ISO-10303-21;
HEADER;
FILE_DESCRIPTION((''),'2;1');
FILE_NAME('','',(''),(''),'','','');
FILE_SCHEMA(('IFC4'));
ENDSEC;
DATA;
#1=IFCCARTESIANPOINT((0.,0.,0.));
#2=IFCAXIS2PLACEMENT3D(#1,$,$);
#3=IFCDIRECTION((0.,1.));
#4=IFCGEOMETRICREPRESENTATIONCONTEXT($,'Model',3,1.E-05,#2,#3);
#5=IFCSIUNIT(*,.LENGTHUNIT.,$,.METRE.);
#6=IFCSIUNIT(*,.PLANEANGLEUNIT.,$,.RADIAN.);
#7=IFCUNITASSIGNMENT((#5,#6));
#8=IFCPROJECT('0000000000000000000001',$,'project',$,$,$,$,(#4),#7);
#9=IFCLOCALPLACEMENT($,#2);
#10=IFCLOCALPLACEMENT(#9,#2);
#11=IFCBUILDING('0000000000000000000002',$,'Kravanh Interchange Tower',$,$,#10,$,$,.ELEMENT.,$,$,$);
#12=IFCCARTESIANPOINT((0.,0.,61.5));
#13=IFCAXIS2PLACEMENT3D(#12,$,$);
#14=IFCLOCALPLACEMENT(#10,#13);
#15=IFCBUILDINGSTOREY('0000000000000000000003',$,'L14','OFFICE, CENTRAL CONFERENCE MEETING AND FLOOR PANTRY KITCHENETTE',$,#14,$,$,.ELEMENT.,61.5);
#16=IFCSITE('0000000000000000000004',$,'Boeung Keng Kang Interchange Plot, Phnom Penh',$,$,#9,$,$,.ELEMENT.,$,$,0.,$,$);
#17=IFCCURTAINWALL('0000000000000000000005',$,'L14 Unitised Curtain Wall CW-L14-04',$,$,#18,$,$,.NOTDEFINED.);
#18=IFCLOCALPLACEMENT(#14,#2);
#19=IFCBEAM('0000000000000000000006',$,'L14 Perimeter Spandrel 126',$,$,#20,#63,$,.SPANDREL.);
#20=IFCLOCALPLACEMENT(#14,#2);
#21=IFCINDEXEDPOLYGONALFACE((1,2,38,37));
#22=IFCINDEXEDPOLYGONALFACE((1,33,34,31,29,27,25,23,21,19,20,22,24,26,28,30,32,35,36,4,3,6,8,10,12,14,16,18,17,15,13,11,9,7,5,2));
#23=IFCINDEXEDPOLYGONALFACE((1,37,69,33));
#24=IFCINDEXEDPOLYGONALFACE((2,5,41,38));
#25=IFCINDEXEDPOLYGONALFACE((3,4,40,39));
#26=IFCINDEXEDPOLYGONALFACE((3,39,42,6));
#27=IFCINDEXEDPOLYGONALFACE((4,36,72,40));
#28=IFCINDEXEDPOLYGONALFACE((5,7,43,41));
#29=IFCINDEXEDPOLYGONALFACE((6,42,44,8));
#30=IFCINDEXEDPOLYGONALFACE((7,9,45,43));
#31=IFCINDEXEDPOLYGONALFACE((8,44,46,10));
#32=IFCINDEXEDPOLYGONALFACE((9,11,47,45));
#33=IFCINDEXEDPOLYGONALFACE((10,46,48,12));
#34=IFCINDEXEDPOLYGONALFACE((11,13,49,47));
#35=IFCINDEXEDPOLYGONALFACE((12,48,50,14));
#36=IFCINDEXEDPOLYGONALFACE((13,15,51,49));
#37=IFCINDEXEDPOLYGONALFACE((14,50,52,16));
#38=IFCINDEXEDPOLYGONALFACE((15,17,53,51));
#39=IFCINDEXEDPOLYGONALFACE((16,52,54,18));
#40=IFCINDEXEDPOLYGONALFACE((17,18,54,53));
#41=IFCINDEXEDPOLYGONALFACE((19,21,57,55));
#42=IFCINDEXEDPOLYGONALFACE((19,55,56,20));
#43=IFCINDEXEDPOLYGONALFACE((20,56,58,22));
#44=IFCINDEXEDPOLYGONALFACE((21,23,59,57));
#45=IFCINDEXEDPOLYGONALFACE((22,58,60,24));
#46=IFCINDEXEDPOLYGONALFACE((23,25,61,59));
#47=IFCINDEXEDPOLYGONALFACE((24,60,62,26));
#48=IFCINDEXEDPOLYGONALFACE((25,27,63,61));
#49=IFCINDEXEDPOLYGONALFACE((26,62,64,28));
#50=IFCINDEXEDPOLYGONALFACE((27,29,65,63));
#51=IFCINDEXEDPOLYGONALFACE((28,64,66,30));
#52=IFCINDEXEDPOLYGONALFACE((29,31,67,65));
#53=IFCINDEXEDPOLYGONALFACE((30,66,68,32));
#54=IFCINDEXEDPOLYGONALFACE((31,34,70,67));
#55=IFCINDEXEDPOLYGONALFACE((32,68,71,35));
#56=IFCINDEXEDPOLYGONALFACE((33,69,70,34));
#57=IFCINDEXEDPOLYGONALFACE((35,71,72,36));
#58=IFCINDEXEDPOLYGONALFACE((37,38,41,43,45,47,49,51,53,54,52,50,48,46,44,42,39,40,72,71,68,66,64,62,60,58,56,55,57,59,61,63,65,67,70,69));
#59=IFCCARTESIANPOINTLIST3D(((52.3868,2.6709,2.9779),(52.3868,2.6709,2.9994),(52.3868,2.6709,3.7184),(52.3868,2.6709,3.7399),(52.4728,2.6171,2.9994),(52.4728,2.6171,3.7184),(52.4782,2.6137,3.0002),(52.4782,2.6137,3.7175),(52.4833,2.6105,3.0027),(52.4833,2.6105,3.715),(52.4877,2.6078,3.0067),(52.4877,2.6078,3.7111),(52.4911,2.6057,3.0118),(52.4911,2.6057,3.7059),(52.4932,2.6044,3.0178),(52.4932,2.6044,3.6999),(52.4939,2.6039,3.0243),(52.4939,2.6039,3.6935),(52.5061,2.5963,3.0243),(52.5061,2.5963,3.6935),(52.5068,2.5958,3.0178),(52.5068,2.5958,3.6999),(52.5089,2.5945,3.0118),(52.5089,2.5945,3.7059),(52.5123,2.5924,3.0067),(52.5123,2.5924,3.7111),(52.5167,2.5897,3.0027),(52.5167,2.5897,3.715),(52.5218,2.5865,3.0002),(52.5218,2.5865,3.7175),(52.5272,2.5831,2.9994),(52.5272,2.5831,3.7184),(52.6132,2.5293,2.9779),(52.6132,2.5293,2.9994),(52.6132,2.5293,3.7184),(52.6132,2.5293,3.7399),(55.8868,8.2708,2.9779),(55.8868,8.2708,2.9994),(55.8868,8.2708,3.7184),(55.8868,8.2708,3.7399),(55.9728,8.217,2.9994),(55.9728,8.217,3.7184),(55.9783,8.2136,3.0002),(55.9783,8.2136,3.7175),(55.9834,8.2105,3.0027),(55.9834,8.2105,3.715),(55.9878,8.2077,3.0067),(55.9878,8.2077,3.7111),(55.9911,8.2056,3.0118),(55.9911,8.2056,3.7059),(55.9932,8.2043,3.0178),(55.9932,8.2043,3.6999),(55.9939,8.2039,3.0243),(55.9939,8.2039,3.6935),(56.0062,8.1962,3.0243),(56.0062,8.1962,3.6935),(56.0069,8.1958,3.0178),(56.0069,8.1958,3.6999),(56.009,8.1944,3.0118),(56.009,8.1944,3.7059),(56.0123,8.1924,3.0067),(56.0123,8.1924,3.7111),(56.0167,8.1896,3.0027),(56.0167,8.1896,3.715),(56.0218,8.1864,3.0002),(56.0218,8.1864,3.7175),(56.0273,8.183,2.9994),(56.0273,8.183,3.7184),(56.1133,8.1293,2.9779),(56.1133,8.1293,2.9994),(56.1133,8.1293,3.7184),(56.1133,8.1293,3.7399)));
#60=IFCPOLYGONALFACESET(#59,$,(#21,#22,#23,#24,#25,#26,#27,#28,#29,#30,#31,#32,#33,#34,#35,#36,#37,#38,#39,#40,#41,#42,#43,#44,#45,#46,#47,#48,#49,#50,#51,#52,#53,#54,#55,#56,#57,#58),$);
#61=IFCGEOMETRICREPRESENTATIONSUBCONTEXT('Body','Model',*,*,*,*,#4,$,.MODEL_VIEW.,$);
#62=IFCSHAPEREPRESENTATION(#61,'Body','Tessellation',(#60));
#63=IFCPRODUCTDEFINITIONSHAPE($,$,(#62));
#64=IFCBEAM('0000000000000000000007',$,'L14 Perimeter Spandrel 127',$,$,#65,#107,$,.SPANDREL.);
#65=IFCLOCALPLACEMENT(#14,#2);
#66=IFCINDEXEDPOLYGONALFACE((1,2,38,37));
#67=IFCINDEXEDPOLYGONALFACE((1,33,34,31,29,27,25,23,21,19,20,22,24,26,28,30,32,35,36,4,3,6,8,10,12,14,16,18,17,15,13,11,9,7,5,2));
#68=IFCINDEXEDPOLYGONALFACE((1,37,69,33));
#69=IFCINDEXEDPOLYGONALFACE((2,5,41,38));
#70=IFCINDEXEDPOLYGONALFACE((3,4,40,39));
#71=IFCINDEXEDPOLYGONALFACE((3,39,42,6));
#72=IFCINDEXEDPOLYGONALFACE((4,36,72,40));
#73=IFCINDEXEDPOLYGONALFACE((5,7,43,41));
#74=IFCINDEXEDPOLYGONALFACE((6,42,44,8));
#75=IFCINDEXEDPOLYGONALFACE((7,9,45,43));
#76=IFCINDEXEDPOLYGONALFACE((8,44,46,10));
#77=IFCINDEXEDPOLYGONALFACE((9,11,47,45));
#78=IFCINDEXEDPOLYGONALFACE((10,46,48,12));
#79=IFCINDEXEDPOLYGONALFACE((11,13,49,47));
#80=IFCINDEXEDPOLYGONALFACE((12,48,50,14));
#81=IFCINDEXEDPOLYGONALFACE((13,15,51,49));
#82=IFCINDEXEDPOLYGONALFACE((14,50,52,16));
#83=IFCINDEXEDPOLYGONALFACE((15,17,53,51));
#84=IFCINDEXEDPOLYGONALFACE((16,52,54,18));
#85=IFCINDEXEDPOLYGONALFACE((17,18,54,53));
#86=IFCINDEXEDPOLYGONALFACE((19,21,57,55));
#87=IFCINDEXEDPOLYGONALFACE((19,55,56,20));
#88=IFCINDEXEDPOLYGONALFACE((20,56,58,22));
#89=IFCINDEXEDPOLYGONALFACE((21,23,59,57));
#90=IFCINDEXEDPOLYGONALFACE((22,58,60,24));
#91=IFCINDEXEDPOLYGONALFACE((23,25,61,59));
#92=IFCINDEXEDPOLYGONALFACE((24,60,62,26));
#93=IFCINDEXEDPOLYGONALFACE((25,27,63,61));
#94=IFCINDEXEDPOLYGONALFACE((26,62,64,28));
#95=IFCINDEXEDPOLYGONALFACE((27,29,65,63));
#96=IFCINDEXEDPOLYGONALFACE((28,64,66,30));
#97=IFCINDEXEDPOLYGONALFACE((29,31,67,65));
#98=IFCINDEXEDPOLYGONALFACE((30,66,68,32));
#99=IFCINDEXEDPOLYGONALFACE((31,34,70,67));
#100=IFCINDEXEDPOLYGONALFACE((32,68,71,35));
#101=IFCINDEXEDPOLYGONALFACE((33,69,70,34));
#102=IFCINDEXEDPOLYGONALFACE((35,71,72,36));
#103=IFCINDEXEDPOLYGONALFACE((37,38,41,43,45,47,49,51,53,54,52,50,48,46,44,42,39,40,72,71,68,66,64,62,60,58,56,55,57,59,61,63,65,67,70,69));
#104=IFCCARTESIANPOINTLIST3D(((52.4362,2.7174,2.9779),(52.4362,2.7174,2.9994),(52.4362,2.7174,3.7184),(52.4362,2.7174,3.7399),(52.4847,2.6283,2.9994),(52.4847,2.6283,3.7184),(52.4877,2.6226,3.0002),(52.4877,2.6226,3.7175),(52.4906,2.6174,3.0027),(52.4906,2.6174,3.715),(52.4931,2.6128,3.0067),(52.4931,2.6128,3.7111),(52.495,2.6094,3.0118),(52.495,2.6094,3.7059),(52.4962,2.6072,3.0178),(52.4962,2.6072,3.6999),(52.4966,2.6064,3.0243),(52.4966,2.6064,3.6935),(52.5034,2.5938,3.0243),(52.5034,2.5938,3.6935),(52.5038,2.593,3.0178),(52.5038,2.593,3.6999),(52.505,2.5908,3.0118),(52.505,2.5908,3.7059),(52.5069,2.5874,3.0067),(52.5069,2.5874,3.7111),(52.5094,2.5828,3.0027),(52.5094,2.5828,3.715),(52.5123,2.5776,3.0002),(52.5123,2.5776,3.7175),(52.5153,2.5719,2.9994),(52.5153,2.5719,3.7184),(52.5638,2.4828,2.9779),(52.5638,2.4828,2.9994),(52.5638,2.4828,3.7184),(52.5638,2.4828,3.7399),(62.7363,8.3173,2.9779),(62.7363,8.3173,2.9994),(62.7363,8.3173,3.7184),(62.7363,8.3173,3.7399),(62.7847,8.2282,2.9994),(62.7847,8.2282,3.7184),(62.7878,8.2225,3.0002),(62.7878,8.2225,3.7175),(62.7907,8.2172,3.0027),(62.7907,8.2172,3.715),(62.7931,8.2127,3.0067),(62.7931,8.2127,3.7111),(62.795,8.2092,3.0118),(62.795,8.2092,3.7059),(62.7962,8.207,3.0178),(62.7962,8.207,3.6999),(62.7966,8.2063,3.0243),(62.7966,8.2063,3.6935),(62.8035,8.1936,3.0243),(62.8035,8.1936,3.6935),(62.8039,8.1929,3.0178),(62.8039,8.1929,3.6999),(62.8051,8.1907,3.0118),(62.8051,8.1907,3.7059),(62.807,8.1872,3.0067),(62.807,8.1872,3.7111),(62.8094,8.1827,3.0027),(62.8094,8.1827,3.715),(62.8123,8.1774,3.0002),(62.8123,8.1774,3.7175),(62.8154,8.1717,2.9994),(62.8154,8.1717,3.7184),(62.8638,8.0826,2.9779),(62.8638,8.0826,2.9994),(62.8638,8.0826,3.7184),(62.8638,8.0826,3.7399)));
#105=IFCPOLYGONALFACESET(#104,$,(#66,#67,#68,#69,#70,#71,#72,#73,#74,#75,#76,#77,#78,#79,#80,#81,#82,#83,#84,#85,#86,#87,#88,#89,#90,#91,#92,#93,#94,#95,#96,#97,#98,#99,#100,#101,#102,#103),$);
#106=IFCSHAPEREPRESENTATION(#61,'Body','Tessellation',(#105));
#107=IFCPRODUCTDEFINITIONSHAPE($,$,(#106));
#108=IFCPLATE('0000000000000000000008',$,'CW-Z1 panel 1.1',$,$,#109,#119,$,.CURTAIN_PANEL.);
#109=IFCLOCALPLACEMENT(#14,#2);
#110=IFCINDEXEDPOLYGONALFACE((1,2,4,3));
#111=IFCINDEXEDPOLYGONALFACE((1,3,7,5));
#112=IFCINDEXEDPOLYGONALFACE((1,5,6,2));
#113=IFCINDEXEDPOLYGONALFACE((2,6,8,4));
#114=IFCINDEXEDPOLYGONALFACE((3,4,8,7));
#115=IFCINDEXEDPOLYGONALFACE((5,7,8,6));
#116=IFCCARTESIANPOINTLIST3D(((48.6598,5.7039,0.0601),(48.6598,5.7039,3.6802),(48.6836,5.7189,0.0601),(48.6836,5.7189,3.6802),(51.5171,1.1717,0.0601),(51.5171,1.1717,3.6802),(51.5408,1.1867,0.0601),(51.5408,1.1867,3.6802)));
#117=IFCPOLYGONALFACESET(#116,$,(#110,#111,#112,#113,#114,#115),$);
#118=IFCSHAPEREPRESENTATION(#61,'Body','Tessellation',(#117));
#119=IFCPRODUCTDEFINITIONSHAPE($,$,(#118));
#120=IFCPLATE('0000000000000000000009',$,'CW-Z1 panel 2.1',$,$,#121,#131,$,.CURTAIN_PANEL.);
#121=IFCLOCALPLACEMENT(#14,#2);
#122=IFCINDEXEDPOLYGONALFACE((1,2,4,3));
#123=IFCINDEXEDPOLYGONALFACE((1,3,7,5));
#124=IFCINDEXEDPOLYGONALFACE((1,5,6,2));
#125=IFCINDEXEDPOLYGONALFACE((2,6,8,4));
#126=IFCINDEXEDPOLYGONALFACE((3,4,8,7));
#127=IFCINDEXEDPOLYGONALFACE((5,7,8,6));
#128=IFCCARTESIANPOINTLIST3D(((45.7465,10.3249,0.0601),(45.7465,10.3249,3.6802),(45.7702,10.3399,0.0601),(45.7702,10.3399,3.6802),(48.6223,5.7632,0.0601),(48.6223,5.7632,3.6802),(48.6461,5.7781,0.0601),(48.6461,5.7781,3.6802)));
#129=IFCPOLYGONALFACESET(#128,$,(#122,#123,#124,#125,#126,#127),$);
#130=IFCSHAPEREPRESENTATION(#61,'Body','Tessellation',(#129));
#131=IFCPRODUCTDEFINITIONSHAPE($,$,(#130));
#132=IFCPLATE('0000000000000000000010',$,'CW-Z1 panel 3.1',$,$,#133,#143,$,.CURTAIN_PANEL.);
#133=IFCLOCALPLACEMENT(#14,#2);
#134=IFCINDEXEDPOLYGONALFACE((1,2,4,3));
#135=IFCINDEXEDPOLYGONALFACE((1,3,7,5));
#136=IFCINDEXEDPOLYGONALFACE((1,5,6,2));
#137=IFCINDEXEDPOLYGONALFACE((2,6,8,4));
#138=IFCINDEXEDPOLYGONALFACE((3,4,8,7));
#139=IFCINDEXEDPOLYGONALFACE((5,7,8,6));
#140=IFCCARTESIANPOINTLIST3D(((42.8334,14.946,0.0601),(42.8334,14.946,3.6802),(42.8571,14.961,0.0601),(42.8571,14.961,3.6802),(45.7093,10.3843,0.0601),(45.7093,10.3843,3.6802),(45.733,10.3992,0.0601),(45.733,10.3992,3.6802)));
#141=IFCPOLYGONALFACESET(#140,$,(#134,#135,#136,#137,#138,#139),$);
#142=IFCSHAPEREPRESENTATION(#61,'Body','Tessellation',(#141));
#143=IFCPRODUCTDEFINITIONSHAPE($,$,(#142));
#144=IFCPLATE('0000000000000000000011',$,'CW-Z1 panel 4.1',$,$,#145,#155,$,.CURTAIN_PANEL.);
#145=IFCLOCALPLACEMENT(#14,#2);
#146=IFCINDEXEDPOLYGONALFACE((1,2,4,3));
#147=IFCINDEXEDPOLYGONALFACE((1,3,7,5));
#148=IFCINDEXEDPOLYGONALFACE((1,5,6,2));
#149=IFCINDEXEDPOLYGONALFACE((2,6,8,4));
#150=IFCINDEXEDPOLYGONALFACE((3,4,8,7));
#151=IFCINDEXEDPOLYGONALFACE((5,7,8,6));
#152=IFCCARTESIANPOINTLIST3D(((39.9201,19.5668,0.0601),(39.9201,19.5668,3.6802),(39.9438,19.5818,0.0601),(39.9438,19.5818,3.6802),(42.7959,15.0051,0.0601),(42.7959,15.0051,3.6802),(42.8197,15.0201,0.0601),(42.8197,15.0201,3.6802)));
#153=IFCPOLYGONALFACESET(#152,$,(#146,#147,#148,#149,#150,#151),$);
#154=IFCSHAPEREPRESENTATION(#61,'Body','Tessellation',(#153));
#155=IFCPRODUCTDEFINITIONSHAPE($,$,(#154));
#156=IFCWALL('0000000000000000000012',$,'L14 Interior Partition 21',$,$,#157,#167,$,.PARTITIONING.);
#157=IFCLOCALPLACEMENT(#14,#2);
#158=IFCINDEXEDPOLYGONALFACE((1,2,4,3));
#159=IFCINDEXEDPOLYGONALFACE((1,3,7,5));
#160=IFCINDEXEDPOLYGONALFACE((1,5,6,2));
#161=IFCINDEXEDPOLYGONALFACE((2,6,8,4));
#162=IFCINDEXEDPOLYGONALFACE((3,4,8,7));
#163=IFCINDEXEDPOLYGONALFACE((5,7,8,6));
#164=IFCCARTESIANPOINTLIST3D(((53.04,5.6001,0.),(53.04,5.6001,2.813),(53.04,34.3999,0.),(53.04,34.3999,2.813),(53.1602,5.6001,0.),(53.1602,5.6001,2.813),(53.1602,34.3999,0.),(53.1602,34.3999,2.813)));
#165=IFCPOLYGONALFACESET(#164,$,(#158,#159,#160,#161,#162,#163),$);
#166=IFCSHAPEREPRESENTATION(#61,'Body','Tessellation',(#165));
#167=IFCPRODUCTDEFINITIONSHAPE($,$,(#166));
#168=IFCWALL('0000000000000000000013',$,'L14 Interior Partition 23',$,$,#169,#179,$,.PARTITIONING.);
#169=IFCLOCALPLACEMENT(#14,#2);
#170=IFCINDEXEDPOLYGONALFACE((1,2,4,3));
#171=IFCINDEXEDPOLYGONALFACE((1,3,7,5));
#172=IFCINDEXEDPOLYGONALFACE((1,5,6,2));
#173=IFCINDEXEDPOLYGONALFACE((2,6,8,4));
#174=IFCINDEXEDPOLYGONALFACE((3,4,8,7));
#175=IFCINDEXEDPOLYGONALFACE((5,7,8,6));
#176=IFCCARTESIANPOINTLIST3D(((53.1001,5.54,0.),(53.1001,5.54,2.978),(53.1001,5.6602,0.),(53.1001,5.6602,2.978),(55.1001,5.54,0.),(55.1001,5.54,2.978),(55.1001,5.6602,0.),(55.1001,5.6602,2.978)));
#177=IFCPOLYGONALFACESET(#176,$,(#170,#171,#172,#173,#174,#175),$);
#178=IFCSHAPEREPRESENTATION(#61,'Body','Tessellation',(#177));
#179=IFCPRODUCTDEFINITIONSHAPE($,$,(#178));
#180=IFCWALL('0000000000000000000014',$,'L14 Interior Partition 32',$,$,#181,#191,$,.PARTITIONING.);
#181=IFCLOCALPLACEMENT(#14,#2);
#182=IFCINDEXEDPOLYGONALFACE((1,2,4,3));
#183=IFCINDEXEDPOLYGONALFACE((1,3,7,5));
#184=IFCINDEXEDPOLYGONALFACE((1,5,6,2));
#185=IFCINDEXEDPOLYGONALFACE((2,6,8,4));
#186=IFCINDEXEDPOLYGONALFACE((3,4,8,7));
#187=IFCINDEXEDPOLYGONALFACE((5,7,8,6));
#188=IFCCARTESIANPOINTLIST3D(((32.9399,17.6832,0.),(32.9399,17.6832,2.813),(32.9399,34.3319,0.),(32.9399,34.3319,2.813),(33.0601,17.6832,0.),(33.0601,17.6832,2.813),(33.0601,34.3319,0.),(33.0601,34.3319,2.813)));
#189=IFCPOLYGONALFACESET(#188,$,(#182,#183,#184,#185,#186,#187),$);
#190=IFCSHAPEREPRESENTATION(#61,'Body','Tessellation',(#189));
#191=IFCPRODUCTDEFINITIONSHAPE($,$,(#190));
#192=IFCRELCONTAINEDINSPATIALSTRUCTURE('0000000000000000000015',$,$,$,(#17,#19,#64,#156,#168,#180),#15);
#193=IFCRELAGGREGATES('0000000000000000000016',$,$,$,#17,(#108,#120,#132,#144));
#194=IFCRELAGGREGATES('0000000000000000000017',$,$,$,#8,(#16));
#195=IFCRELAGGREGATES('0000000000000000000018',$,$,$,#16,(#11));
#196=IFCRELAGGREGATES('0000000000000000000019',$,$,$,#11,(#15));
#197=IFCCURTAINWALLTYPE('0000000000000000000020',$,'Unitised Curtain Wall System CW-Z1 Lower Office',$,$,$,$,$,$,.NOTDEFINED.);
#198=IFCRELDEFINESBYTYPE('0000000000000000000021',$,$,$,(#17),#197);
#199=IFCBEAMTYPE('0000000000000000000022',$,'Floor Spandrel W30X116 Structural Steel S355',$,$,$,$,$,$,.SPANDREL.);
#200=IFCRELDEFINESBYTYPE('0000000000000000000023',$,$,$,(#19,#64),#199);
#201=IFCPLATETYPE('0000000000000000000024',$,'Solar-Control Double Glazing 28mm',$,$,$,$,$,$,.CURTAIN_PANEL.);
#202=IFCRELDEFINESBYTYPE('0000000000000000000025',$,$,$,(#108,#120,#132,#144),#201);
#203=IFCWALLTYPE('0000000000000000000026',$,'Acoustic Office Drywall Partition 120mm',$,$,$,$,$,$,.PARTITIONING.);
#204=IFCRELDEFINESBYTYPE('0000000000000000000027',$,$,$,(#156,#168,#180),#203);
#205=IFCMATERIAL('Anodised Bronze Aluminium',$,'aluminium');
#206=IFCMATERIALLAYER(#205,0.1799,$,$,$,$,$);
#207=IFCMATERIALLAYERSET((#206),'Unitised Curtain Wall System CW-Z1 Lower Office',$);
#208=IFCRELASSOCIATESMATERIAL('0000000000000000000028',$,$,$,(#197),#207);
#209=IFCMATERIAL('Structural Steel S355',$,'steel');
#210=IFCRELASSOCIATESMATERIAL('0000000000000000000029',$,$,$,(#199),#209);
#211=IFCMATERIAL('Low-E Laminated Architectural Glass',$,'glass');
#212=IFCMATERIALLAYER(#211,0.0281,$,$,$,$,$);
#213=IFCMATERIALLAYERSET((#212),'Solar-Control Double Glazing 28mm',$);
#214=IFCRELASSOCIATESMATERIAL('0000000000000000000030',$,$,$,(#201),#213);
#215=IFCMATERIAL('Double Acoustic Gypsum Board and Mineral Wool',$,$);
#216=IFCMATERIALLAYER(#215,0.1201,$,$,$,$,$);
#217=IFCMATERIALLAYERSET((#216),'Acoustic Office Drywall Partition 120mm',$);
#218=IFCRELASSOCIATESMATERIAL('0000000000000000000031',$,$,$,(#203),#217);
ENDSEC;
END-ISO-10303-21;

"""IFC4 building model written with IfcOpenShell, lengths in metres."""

from ifc_helpers import new_model, si_unit, direction, frame, frame_2d, origin, origin_2d, place, context, subcontext, project, spatial, rectangle, i_section, extrude, material, layer, layer_set, material_profile, profile_set, type_object, element, aggregate, save


model = new_model("IFC4")

# Units and contexts
model_context = context("Model", 3, precision=1e-05, world=origin(), true_north=direction((0.0, 1.0)))
body_context = subcontext(model_context, "Body", "Model", "MODEL_VIEW")
ifc_project = project(units=[si_unit("LENGTHUNIT", "METRE"), si_unit("PLANEANGLEUNIT", "RADIAN")], contexts=[model_context])

# Site, building, storey
site_placement = place(None, origin())
site = spatial("IfcSite", under=ifc_project, at=site_placement, Name="Boeung Keng Kang Interchange Plot, Phnom Penh", CompositionType="ELEMENT", RefElevation=0.0)
building_placement = place(site_placement, origin())
building = spatial("IfcBuilding", under=site, at=building_placement, Name="Kravanh Interchange Tower", CompositionType="ELEMENT")
storey_placement = place(building_placement, frame((0.0, 0.0, 61.5)))
storey = spatial("IfcBuildingStorey", under=building, at=storey_placement, Name="L14", Description="OFFICE, CENTRAL CONFERENCE MEETING AND FLOOR PANTRY KITCHENETTE", CompositionType="ELEMENT", Elevation=61.5)

# Shared definitions
ifc_material_1 = material(Name="Anodised Bronze Aluminium", Category="aluminium")
ifc_layer_1 = layer(ifc_material_1, 0.1799)
ifc_layer_set_1 = layer_set([ifc_layer_1], Name="Unitised Curtain Wall System CW-Z1 Lower Office")
curtain_wall_type = type_object("IfcCurtainWallType", Name="Unitised Curtain Wall System CW-Z1 Lower Office", PredefinedType="NOTDEFINED", material=ifc_layer_set_1)

# Curtain wall
curtain_wall_1_placement = place(storey_placement, origin())
curtain_wall_1 = element("IfcCurtainWall", 1, at=curtain_wall_1_placement, inside=storey, type_object=curtain_wall_type, Name="L14 Unitised Curtain Wall CW-L14-04", PredefinedType="NOTDEFINED")

# Beams
ifc_material_2 = material(Name="Structural Steel S355", Category="steel")
ifc_material_profile_1 = material_profile(ifc_material_2, i_section(OverallWidth=0.2671, OverallDepth=0.762, WebThickness=0.0144, FlangeThickness=0.0215, FilletRadius=0.0249, at=origin_2d()), Name="W30X116")
ifc_profile_set_1 = profile_set([ifc_material_profile_1], Name="Structural Steel S355")
beam_type = type_object("IfcBeamType", Name="Floor Spandrel W30X116 Structural Steel S355", PredefinedType="SPANDREL", material=ifc_profile_set_1)
beam_1_placement = place(storey_placement, frame((52.5, 2.6001, 3.3589), z_axis=(0.530009, 0.847992, 0.0), x_axis=(-0.847992, 0.530009, 0.0)))
element("IfcBeam", 2, at=beam_1_placement, inside=storey, type_object=beam_type, Name="L14 Perimeter Spandrel 126", PredefinedType="SPANDREL", context=body_context, shape_type="SweptSolid", body=[
    extrude(i_section(OverallWidth=0.2671, OverallDepth=0.762, WebThickness=0.0144, FlangeThickness=0.0215, FilletRadius=0.0249, at=origin_2d()), origin(), (0.0, 0.0, 1.0), 6.6038),
])
beam_2_placement = place(storey_placement, frame((52.5, 2.6001, 3.3589), z_axis=(0.878553, 0.477645, 0.0), x_axis=(-0.477645, 0.878553, 0.0)))
element("IfcBeam", 3, at=beam_2_placement, inside=storey, type_object=beam_type, Name="L14 Perimeter Spandrel 127", PredefinedType="SPANDREL", context=body_context, shape_type="SweptSolid", body=[
    extrude(i_section(OverallWidth=0.2671, OverallDepth=0.762, WebThickness=0.0144, FlangeThickness=0.0215, FilletRadius=0.0249, at=origin_2d()), origin(), (0.0, 0.0, 1.0), 11.7239),
])

# Plates
ifc_material_3 = material(Name="Low-E Laminated Architectural Glass", Category="glass")
ifc_layer_2 = layer(ifc_material_3, 0.0281)
ifc_layer_set_2 = layer_set([ifc_layer_2], Name="Solar-Control Double Glazing 28mm")
plate_type = type_object("IfcPlateType", Name="Solar-Control Double Glazing 28mm", PredefinedType="CURTAIN_PANEL", material=ifc_layer_set_2)
plate_1_placement = place(storey_placement, frame((50.1003, 3.4453, 0.0601), z_axis=(0.0, 0.0, 1.0), x_axis=(-0.533301, 0.845926, 0.0)))
plate_1 = element("IfcPlate", 4, at=plate_1_placement, type_object=plate_type, Name="CW-Z1 panel 1.1", PredefinedType="CURTAIN_PANEL", context=body_context, shape_type="SweptSolid", body=[
    extrude(rectangle(XDim=5.3577, YDim=0.0281, at=origin_2d()), origin(), (0.0, 0.0, 1.0), 3.6201),
])
plate_2_placement = place(storey_placement, frame((47.1963, 8.0515, 0.0601), z_axis=(0.0, 0.0, 1.0), x_axis=(-0.533301, 0.845926, 0.0)))
plate_2 = element("IfcPlate", 5, at=plate_2_placement, type_object=plate_type, Name="CW-Z1 panel 2.1", PredefinedType="CURTAIN_PANEL", context=body_context, shape_type="SweptSolid", body=[
    extrude(rectangle(XDim=5.3926, YDim=0.0281, at=origin_2d()), origin(), (0.0, 0.0, 1.0), 3.6201),
])
plate_3_placement = place(storey_placement, frame((44.2832, 12.6726, 0.0601), z_axis=(0.0, 0.0, 1.0), x_axis=(-0.533301, 0.845926, 0.0)))
plate_3 = element("IfcPlate", 6, at=plate_3_placement, type_object=plate_type, Name="CW-Z1 panel 3.1", PredefinedType="CURTAIN_PANEL", context=body_context, shape_type="SweptSolid", body=[
    extrude(rectangle(XDim=5.3926, YDim=0.0281, at=origin_2d()), origin(), (0.0, 0.0, 1.0), 3.6201),
])
plate_4_placement = place(storey_placement, frame((41.3699, 17.2935, 0.0601), z_axis=(0.0, 0.0, 1.0), x_axis=(-0.533301, 0.845926, 0.0)))
plate_4 = element("IfcPlate", 7, at=plate_4_placement, type_object=plate_type, Name="CW-Z1 panel 4.1", PredefinedType="CURTAIN_PANEL", context=body_context, shape_type="SweptSolid", body=[
    extrude(rectangle(XDim=5.3926, YDim=0.0281, at=origin_2d()), origin(), (0.0, 0.0, 1.0), 3.6201),
])
aggregate(curtain_wall_1, [plate_1, plate_2, plate_3, plate_4])

# Walls
ifc_material_4 = material(Name="Double Acoustic Gypsum Board and Mineral Wool")
ifc_layer_3 = layer(ifc_material_4, 0.1201)
ifc_layer_set_3 = layer_set([ifc_layer_3], Name="Acoustic Office Drywall Partition 120mm")
wall_type = type_object("IfcWallType", Name="Acoustic Office Drywall Partition 120mm", PredefinedType="PARTITIONING", material=ifc_layer_set_3)
wall_1_placement = place(storey_placement, frame((53.1001, 5.6001, 0.0), z_axis=(0.0, 0.0, 1.0), x_axis=(0.0, 1.0, 0.0)))
element("IfcWall", 8, at=wall_1_placement, inside=storey, type_object=wall_type, Name="L14 Interior Partition 21", PredefinedType="PARTITIONING", context=body_context, shape_type="SweptSolid", body=[
    extrude(rectangle(XDim=28.7998, YDim=0.1201, at=frame_2d((14.3999, 0.0))), origin(), (0.0, 0.0, 1.0), 2.813),
])
wall_2_placement = place(storey_placement, frame((53.1001, 5.6001, 0.0), z_axis=(0.0, 0.0, 1.0), x_axis=(1.0, 0.0, 0.0)))
element("IfcWall", 9, at=wall_2_placement, inside=storey, type_object=wall_type, Name="L14 Interior Partition 23", PredefinedType="PARTITIONING", context=body_context, shape_type="SweptSolid", body=[
    extrude(rectangle(XDim=2.0, YDim=0.1201, at=frame_2d((1.0, 0.0))), origin(), (0.0, 0.0, 1.0), 2.978),
])
wall_3_placement = place(storey_placement, frame((33.0, 17.6833, 0.0), z_axis=(0.0, 0.0, 1.0), x_axis=(0.0, 1.0, 0.0)))
element("IfcWall", 10, at=wall_3_placement, inside=storey, type_object=wall_type, Name="L14 Interior Partition 32", PredefinedType="PARTITIONING", context=body_context, shape_type="SweptSolid", body=[
    extrude(rectangle(XDim=16.6487, YDim=0.1201, at=frame_2d((8.3242, 0.0))), origin(), (0.0, 0.0, 1.0), 2.813),
])

save(model, "model.ifc")
